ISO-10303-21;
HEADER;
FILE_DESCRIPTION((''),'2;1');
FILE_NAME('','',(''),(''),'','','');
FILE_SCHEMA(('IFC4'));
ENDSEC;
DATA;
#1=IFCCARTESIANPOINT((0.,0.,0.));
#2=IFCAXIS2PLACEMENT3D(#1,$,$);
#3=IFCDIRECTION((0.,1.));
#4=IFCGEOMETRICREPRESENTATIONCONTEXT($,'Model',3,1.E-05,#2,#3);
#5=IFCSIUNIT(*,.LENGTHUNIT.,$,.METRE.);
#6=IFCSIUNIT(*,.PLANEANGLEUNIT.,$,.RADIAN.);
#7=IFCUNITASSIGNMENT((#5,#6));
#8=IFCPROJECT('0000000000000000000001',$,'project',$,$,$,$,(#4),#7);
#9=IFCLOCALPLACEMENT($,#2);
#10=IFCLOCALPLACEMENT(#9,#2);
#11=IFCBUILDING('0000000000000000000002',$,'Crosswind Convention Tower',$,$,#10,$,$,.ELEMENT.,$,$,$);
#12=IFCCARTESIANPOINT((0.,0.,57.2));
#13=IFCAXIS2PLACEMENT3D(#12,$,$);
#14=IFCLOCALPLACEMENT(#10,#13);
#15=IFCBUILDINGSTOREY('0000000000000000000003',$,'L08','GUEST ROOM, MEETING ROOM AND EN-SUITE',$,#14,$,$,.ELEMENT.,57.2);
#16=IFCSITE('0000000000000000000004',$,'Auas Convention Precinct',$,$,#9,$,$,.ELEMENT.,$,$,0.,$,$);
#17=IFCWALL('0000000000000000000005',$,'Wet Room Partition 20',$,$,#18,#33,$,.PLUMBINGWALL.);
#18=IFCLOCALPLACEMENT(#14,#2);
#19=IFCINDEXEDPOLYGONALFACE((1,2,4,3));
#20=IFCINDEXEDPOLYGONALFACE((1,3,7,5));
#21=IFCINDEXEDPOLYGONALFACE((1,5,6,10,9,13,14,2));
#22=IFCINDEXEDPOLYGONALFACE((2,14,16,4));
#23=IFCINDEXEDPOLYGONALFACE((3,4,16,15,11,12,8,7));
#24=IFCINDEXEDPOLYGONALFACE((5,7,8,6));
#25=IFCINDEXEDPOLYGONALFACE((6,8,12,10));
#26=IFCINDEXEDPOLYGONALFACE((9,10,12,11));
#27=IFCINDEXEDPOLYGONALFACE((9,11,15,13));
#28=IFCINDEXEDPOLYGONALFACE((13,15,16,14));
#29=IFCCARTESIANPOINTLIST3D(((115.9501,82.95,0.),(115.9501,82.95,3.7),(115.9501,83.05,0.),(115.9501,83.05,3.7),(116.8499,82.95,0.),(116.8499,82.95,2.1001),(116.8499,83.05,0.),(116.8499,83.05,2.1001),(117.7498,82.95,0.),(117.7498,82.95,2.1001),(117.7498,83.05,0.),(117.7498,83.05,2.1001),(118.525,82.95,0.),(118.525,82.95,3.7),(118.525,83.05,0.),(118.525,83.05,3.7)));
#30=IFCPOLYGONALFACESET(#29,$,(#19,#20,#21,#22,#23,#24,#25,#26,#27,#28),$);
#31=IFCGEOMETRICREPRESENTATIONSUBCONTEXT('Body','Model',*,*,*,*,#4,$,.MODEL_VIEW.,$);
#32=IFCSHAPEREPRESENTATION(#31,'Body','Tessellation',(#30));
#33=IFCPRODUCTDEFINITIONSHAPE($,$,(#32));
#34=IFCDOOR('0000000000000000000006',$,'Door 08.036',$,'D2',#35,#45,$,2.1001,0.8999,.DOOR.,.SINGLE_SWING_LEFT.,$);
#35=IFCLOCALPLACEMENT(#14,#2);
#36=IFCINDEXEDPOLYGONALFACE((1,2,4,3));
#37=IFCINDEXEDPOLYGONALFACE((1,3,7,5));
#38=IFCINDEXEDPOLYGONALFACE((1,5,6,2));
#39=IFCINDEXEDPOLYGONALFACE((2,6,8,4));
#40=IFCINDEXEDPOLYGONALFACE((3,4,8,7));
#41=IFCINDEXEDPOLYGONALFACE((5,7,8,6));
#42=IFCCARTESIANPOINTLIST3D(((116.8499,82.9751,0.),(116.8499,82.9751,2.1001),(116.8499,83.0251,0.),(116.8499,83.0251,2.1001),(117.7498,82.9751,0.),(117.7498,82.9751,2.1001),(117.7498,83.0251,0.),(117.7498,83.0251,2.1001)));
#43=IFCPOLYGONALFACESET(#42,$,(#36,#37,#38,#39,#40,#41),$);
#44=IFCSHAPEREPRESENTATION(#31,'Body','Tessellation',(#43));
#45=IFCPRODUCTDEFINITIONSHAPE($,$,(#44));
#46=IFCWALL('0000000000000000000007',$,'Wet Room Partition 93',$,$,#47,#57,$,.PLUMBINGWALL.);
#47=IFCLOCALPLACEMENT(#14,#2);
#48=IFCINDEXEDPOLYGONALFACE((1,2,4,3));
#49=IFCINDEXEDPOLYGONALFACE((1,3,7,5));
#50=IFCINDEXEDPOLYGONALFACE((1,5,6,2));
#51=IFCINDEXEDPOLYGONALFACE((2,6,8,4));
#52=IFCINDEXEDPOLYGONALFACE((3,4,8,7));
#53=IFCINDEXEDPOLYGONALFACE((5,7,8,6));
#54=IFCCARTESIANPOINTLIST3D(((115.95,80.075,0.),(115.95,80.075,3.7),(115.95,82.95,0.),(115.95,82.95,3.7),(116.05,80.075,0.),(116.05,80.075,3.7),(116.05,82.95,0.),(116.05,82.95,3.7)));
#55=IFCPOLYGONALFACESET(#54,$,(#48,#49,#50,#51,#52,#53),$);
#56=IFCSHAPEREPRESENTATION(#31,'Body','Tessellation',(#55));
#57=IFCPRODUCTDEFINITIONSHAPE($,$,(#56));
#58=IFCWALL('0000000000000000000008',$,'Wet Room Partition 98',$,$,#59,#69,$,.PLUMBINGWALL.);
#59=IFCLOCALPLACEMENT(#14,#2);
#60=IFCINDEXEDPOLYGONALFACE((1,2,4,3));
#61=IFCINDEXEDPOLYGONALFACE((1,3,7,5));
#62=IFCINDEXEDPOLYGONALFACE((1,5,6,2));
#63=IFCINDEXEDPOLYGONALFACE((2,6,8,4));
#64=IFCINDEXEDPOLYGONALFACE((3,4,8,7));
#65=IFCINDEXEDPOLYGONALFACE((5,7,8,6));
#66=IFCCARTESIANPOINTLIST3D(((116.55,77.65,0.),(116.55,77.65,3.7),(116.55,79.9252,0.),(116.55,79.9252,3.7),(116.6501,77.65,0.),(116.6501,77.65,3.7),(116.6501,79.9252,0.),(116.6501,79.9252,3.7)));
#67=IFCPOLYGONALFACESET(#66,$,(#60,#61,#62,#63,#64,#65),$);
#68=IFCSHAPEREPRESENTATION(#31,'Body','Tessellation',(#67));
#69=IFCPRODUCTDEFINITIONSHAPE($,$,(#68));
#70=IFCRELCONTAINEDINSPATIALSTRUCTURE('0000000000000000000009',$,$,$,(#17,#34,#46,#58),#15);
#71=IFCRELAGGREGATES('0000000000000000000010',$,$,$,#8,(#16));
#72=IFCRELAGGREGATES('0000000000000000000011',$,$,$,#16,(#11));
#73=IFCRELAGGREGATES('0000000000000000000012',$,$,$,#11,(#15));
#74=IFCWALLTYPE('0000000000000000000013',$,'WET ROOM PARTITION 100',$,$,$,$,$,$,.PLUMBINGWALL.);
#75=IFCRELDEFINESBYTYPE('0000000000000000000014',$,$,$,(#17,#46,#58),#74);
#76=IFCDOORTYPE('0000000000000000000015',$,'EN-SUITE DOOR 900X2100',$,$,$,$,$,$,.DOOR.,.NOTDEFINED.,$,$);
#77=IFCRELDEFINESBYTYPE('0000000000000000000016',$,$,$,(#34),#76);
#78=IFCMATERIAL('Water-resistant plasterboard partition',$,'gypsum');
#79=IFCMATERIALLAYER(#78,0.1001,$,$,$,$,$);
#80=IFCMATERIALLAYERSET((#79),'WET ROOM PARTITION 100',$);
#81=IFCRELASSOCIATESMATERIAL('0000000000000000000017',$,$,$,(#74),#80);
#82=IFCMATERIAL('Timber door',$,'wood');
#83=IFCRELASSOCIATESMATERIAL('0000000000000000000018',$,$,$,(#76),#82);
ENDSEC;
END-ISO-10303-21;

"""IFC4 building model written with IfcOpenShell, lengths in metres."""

from ifc_helpers import new_model, si_unit, direction, frame, frame_2d, origin, place, context, subcontext, project, spatial, rectangle, extrude, material, layer, layer_set, type_object, element, fill, save


model = new_model("IFC4")

# Units and contexts
model_context = context("Model", 3, precision=1e-05, world=origin(), true_north=direction((0.0, 1.0)))
body_context = subcontext(model_context, "Body", "Model", "MODEL_VIEW")
ifc_project = project(units=[si_unit("LENGTHUNIT", "METRE"), si_unit("PLANEANGLEUNIT", "RADIAN")], contexts=[model_context])

# Site, building, storey
site_placement = place(None, origin())
site = spatial("IfcSite", under=ifc_project, at=site_placement, Name="Auas Convention Precinct", CompositionType="ELEMENT", RefElevation=0.0)
building_placement = place(site_placement, origin())
building = spatial("IfcBuilding", under=site, at=building_placement, Name="Crosswind Convention Tower", CompositionType="ELEMENT")
storey_placement = place(building_placement, frame((0.0, 0.0, 57.2)))
storey = spatial("IfcBuildingStorey", under=building, at=storey_placement, Name="L08", Description="GUEST ROOM, MEETING ROOM AND EN-SUITE", CompositionType="ELEMENT", Elevation=57.2)

# Wall, opening, door
ifc_material_1 = material(Name="Water-resistant plasterboard partition", Category="gypsum")
ifc_layer_1 = layer(ifc_material_1, 0.1001)
ifc_layer_set_1 = layer_set([ifc_layer_1], Name="WET ROOM PARTITION 100")
wall_type_1 = type_object("IfcWallType", Name="WET ROOM PARTITION 100", PredefinedType="PLUMBINGWALL", material=ifc_layer_set_1)
ifc_material_2 = material(Name="Timber door", Category="wood")
door_type_1 = type_object("IfcDoorType", Name="EN-SUITE DOOR 900X2100", OperationType="NOTDEFINED", PredefinedType="DOOR", material=ifc_material_2)
wall_1_placement = place(storey_placement, frame((115.95, 83.0, 0.0), z_axis=(0.0, 0.0, 1.0), x_axis=(1.0, 0.0, 0.0)))
wall_1 = element("IfcWall", 1, at=wall_1_placement, inside=storey, type_object=wall_type_1, Name="Wet Room Partition 20", PredefinedType="PLUMBINGWALL", context=body_context, shape_type="SweptSolid", body=[
    extrude(rectangle(XDim=2.575, YDim=0.1001, at=frame_2d((1.2876, 0.0))), origin(), (0.0, 0.0, 1.0), 3.7),
])
opening_1_placement = place(wall_1_placement, frame((0.8999, 0.0, 0.0)))
opening_1 = element("IfcOpeningElement", 2, at=opening_1_placement, cuts=wall_1, PredefinedType="OPENING", context=body_context, shape_type="SweptSolid", body=[
    extrude(rectangle(XDim=0.8999, YDim=2.1001, at=frame_2d((0.45, 1.05))), frame((0.0, 0.0601, 0.0), z_axis=(0.0, -1.0, 0.0), x_axis=(1.0, 0.0, 0.0)), (0.0, 0.0, 1.0), 0.1201),
])
door_1_placement = place(opening_1_placement, frame((0.8999, 0.0, 0.0), z_axis=(0.0, 0.0, 1.0), x_axis=(-1.0, 0.0, 0.0)))
door_1 = element("IfcDoor", 3, at=door_1_placement, inside=storey, type_object=door_type_1, Name="Door 08.036", ObjectType="D2", OperationType="SINGLE_SWING_LEFT", OverallHeight=2.1001, OverallWidth=0.8999, PredefinedType="DOOR", context=body_context, shape_type="SweptSolid", body=[
    extrude(rectangle(XDim=0.8999, YDim=2.1001, at=frame_2d((0.45, 1.05))), frame((0.0, 0.0249, 0.0), z_axis=(0.0, -1.0, 0.0), x_axis=(1.0, 0.0, 0.0)), (0.0, 0.0, 1.0), 0.05),
])
fill(opening_1, door_1)

# Walls
wall_2_placement = place(storey_placement, frame((116.0, 80.075, 0.0), z_axis=(0.0, 0.0, 1.0), x_axis=(0.0, 1.0, 0.0)))
element("IfcWall", 4, at=wall_2_placement, inside=storey, type_object=wall_type_1, Name="Wet Room Partition 93", PredefinedType="PLUMBINGWALL", context=body_context, shape_type="SweptSolid", body=[
    extrude(rectangle(XDim=2.875, YDim=0.1001, at=frame_2d((1.4375, 0.0))), origin(), (0.0, 0.0, 1.0), 3.7),
])
wall_3_placement = place(storey_placement, frame((116.6001, 77.6499, 0.0), z_axis=(0.0, 0.0, 1.0), x_axis=(0.0, 1.0, 0.0)))
element("IfcWall", 5, at=wall_3_placement, inside=storey, type_object=wall_type_1, Name="Wet Room Partition 98", PredefinedType="PLUMBINGWALL", context=body_context, shape_type="SweptSolid", body=[
    extrude(rectangle(XDim=2.2751, YDim=0.1001, at=frame_2d((1.1377, 0.0))), origin(), (0.0, 0.0, 1.0), 3.7),
])

save(model, "model.ifc")
